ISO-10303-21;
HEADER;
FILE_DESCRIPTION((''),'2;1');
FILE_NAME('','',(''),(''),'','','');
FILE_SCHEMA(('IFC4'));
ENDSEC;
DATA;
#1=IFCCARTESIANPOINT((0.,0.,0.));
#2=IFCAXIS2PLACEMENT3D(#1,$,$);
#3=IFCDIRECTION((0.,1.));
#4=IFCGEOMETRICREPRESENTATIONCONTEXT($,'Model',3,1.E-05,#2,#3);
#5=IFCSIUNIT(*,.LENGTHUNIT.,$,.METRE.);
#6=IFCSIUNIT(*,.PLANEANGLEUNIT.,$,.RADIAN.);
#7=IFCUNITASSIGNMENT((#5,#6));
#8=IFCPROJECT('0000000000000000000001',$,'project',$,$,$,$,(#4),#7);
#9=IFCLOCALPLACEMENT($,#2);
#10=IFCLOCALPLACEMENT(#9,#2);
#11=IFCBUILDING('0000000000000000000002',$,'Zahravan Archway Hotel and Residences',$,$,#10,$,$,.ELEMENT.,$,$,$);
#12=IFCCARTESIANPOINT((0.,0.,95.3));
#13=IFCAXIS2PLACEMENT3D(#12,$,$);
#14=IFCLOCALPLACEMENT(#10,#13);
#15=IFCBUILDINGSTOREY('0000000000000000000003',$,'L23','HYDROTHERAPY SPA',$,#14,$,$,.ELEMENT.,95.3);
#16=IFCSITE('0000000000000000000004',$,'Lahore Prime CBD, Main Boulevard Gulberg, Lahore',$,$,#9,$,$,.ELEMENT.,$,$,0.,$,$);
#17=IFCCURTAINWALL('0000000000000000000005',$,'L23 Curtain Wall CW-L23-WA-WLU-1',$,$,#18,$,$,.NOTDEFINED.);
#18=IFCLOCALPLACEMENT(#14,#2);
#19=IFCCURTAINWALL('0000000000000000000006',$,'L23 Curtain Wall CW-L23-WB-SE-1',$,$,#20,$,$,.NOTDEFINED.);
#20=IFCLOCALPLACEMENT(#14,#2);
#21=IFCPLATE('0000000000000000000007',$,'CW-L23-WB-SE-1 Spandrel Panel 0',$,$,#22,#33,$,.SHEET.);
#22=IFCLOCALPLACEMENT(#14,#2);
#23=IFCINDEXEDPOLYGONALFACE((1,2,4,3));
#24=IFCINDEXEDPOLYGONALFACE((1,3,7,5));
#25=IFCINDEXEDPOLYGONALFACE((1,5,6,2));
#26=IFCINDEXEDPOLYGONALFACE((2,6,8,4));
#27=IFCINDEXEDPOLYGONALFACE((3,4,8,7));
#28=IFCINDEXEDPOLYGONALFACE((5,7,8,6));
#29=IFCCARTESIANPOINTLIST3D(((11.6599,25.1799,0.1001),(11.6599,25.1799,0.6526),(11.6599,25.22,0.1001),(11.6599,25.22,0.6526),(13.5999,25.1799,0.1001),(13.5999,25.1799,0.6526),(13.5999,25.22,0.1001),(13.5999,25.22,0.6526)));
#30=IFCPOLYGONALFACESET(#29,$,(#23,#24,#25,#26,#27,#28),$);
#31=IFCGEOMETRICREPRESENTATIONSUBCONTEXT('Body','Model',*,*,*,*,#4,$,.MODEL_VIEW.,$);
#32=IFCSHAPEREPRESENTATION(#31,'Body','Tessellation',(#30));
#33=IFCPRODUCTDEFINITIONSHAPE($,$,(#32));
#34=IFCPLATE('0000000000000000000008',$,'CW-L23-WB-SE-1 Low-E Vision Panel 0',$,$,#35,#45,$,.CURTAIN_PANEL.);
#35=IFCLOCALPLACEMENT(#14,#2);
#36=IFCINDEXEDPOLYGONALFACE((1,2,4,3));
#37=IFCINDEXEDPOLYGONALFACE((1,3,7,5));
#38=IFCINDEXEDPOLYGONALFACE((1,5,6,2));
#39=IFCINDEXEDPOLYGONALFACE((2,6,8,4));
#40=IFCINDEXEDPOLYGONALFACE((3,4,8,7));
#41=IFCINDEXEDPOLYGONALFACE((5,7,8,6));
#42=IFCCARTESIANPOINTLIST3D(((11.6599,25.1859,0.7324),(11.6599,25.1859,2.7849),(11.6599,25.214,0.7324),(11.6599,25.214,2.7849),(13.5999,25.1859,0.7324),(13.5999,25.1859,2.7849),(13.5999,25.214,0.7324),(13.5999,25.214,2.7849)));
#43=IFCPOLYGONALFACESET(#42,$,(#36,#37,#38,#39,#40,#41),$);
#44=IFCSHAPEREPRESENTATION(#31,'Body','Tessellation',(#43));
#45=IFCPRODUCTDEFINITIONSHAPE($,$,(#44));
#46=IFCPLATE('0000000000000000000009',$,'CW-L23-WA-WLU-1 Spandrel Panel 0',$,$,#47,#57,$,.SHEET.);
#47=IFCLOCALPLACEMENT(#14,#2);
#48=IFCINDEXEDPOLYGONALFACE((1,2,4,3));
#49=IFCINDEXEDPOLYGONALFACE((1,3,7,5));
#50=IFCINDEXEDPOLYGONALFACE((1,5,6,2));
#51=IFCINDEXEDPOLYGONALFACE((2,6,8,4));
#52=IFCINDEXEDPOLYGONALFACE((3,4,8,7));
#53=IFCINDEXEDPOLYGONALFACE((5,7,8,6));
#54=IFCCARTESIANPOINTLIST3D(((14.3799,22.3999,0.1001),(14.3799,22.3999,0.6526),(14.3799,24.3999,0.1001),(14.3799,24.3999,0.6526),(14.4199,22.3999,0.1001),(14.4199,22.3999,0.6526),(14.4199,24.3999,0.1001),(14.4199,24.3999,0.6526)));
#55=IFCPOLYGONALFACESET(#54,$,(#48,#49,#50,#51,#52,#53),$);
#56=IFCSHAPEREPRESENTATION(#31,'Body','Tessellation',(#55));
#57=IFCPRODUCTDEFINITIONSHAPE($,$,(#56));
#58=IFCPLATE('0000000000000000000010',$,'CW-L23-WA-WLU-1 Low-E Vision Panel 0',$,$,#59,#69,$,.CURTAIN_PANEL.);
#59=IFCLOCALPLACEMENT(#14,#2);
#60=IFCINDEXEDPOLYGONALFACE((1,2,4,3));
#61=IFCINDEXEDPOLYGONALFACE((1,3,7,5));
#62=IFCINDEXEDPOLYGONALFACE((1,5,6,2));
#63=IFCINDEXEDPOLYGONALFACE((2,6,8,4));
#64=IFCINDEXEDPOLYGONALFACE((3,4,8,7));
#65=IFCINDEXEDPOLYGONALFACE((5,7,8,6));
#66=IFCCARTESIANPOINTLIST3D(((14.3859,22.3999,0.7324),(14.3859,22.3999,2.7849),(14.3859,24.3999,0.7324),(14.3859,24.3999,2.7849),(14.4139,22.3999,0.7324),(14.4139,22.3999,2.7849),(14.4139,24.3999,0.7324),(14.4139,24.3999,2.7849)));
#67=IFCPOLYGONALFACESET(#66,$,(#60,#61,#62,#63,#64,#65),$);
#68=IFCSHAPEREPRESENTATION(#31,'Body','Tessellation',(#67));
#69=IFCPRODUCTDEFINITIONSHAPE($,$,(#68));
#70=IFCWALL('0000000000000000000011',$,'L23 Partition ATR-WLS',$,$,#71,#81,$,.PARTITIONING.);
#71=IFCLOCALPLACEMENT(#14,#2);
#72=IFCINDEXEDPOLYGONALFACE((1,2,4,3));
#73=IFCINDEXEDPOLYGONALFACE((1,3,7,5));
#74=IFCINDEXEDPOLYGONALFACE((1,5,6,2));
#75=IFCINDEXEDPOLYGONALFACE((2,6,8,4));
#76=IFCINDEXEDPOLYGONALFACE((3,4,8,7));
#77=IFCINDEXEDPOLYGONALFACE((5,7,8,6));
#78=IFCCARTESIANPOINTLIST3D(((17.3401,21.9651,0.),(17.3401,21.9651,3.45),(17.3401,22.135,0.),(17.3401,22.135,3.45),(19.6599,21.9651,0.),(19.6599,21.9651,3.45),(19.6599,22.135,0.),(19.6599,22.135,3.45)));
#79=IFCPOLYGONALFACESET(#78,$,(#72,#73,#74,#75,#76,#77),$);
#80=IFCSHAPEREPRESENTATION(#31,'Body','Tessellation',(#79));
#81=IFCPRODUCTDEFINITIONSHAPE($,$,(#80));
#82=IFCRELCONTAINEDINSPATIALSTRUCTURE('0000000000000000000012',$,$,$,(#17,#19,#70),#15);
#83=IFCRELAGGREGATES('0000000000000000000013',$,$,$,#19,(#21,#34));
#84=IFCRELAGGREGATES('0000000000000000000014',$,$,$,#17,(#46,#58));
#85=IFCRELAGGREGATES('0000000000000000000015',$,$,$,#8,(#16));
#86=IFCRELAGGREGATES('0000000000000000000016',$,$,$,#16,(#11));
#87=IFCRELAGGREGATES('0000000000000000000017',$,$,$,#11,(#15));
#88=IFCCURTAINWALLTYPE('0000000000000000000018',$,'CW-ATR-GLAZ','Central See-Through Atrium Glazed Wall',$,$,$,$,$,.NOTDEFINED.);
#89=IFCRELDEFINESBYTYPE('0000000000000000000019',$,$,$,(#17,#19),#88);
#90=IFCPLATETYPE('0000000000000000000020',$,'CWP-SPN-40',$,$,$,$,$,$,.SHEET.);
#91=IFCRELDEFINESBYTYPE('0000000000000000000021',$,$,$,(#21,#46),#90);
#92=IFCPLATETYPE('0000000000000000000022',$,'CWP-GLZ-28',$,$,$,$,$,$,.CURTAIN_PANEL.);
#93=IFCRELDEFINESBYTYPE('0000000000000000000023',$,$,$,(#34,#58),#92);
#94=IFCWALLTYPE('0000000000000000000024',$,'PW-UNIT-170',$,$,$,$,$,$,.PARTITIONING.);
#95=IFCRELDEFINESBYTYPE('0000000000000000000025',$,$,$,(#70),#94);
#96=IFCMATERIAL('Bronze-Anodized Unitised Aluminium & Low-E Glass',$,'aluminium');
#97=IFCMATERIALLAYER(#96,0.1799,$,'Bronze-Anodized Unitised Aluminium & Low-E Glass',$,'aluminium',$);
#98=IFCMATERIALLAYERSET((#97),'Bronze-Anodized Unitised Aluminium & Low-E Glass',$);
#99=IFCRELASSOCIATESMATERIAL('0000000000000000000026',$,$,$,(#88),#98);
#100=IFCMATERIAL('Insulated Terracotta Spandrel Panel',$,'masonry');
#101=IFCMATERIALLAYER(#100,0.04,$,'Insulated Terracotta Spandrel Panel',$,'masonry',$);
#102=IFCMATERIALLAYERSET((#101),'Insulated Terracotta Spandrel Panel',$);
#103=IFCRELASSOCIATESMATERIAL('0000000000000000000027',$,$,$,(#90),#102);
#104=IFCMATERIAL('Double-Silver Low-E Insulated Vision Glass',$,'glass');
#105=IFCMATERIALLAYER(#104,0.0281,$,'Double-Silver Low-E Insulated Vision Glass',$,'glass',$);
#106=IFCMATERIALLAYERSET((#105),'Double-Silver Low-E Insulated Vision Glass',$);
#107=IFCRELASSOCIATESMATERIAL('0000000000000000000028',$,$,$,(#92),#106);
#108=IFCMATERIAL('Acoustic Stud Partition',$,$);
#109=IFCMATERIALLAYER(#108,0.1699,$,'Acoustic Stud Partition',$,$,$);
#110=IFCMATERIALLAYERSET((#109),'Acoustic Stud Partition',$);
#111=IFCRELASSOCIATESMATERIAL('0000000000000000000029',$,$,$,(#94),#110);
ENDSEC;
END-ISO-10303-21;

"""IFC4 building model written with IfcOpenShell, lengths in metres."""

from ifc_helpers import new_model, si_unit, direction, frame, frame_2d, origin, origin_2d, place, context, subcontext, project, spatial, rectangle, extrude, source, transform, mapped, material, layer, layer_set, type_object, element, aggregate, save


model = new_model("IFC4")

# Units and contexts
model_context = context("Model", 3, precision=1e-05, world=origin(), true_north=direction((0.0, 1.0)))
body_context = subcontext(model_context, "Body", "Model", "MODEL_VIEW")
ifc_project = project(units=[si_unit("LENGTHUNIT", "METRE"), si_unit("PLANEANGLEUNIT", "RADIAN")], contexts=[model_context])

# Site, building, storey
site_placement = place(None, origin())
site = spatial("IfcSite", under=ifc_project, at=site_placement, Name="Lahore Prime CBD, Main Boulevard Gulberg, Lahore", CompositionType="ELEMENT", RefElevation=0.0)
building_placement = place(site_placement, origin())
building = spatial("IfcBuilding", under=site, at=building_placement, Name="Zahravan Archway Hotel and Residences", CompositionType="ELEMENT")
storey_placement = place(building_placement, frame((0.0, 0.0, 95.3)))
storey = spatial("IfcBuildingStorey", under=building, at=storey_placement, Name="L23", Description="HYDROTHERAPY SPA", CompositionType="ELEMENT", Elevation=95.3)

# Curtain walls
ifc_material_1 = material(Name="Bronze-Anodized Unitised Aluminium & Low-E Glass", Category="aluminium")
ifc_layer_1 = layer(ifc_material_1, 0.1799, Name="Bronze-Anodized Unitised Aluminium & Low-E Glass", Category="aluminium")
ifc_layer_set_1 = layer_set([ifc_layer_1], Name="Bronze-Anodized Unitised Aluminium & Low-E Glass")
curtain_wall_type = type_object("IfcCurtainWallType", Name="CW-ATR-GLAZ", Description="Central See-Through Atrium Glazed Wall", PredefinedType="NOTDEFINED", material=ifc_layer_set_1)
curtain_wall_1_placement = place(storey_placement, origin())
curtain_wall_1 = element("IfcCurtainWall", 1, at=curtain_wall_1_placement, inside=storey, type_object=curtain_wall_type, Name="L23 Curtain Wall CW-L23-WA-WLU-1", PredefinedType="NOTDEFINED")
curtain_wall_2_placement = place(storey_placement, origin())
curtain_wall_2 = element("IfcCurtainWall", 2, at=curtain_wall_2_placement, inside=storey, type_object=curtain_wall_type, Name="L23 Curtain Wall CW-L23-WB-SE-1", PredefinedType="NOTDEFINED")

# Plates
ifc_material_2 = material(Name="Insulated Terracotta Spandrel Panel", Category="masonry")
ifc_layer_2 = layer(ifc_material_2, 0.04, Name="Insulated Terracotta Spandrel Panel", Category="masonry")
ifc_layer_set_2 = layer_set([ifc_layer_2], Name="Insulated Terracotta Spandrel Panel")
plate_type_1 = type_object("IfcPlateType", Name="CWP-SPN-40", PredefinedType="SHEET", material=ifc_layer_set_2)
shared_shape_1 = source(origin(), body_context, "Body", "SweptSolid", [
    extrude(rectangle(XDim=1.9399, YDim=0.04, at=origin_2d()), origin(), (0.0, 0.0, 1.0), 0.5525),
])
plate_1_placement = place(storey_placement, frame((12.6299, 25.2, 0.1001), z_axis=(0.0, 0.0, 1.0), x_axis=(1.0, 0.0, 0.0)))
plate_1 = element("IfcPlate", 3, at=plate_1_placement, type_object=plate_type_1, Name="CW-L23-WB-SE-1 Spandrel Panel 0", PredefinedType="SHEET", context=body_context, shape_type="MappedRepresentation", body=[
    mapped(shared_shape_1, transform((0.0, 0.0, 0.0), scale=1.0)),
])
ifc_material_3 = material(Name="Double-Silver Low-E Insulated Vision Glass", Category="glass")
ifc_layer_3 = layer(ifc_material_3, 0.0281, Name="Double-Silver Low-E Insulated Vision Glass", Category="glass")
ifc_layer_set_3 = layer_set([ifc_layer_3], Name="Double-Silver Low-E Insulated Vision Glass")
plate_type_2 = type_object("IfcPlateType", Name="CWP-GLZ-28", PredefinedType="CURTAIN_PANEL", material=ifc_layer_set_3)
shared_shape_2 = source(origin(), body_context, "Body", "SweptSolid", [
    extrude(rectangle(XDim=1.9399, YDim=0.0281, at=origin_2d()), origin(), (0.0, 0.0, 1.0), 2.0525),
])
plate_2_placement = place(storey_placement, frame((12.6299, 25.2, 0.7324), z_axis=(0.0, 0.0, 1.0), x_axis=(1.0, 0.0, 0.0)))
plate_2 = element("IfcPlate", 4, at=plate_2_placement, type_object=plate_type_2, Name="CW-L23-WB-SE-1 Low-E Vision Panel 0", PredefinedType="CURTAIN_PANEL", context=body_context, shape_type="MappedRepresentation", body=[
    mapped(shared_shape_2, transform((0.0, 0.0, 0.0), scale=1.0)),
])
aggregate(curtain_wall_2, [plate_1, plate_2])
shared_shape_3 = source(origin(), body_context, "Body", "SweptSolid", [
    extrude(rectangle(XDim=2.0, YDim=0.04, at=origin_2d()), origin(), (0.0, 0.0, 1.0), 0.5525),
])
plate_3_placement = place(storey_placement, frame((14.3999, 23.3999, 0.1001), z_axis=(0.0, 0.0, 1.0), x_axis=(0.0, 1.0, 0.0)))
plate_3 = element("IfcPlate", 5, at=plate_3_placement, type_object=plate_type_1, Name="CW-L23-WA-WLU-1 Spandrel Panel 0", PredefinedType="SHEET", context=body_context, shape_type="MappedRepresentation", body=[
    mapped(shared_shape_3, transform((0.0, 0.0, 0.0), scale=1.0)),
])
shared_shape_4 = source(origin(), body_context, "Body", "SweptSolid", [
    extrude(rectangle(XDim=2.0, YDim=0.0281, at=origin_2d()), origin(), (0.0, 0.0, 1.0), 2.0525),
])
plate_4_placement = place(storey_placement, frame((14.3999, 23.3999, 0.7324), z_axis=(0.0, 0.0, 1.0), x_axis=(0.0, 1.0, 0.0)))
plate_4 = element("IfcPlate", 6, at=plate_4_placement, type_object=plate_type_2, Name="CW-L23-WA-WLU-1 Low-E Vision Panel 0", PredefinedType="CURTAIN_PANEL", context=body_context, shape_type="MappedRepresentation", body=[
    mapped(shared_shape_4, transform((0.0, 0.0, 0.0), scale=1.0)),
])
aggregate(curtain_wall_1, [plate_3, plate_4])

# Wall
ifc_material_4 = material(Name="Acoustic Stud Partition")
ifc_layer_4 = layer(ifc_material_4, 0.1699, Name="Acoustic Stud Partition")
ifc_layer_set_4 = layer_set([ifc_layer_4], Name="Acoustic Stud Partition")
wall_type = type_object("IfcWallType", Name="PW-UNIT-170", PredefinedType="PARTITIONING", material=ifc_layer_set_4)
wall_placement = place(storey_placement, frame((17.3401, 22.05, 0.0), z_axis=(0.0, 0.0, 1.0), x_axis=(1.0, 0.0, 0.0)))
element("IfcWall", 7, at=wall_placement, inside=storey, type_object=wall_type, Name="L23 Partition ATR-WLS", PredefinedType="PARTITIONING", context=body_context, shape_type="SweptSolid", body=[
    extrude(rectangle(XDim=2.3198, YDim=0.1699, at=frame_2d((1.1599, 0.0))), origin(), (0.0, 0.0, 1.0), 3.45),
])

save(model, "model.ifc")
